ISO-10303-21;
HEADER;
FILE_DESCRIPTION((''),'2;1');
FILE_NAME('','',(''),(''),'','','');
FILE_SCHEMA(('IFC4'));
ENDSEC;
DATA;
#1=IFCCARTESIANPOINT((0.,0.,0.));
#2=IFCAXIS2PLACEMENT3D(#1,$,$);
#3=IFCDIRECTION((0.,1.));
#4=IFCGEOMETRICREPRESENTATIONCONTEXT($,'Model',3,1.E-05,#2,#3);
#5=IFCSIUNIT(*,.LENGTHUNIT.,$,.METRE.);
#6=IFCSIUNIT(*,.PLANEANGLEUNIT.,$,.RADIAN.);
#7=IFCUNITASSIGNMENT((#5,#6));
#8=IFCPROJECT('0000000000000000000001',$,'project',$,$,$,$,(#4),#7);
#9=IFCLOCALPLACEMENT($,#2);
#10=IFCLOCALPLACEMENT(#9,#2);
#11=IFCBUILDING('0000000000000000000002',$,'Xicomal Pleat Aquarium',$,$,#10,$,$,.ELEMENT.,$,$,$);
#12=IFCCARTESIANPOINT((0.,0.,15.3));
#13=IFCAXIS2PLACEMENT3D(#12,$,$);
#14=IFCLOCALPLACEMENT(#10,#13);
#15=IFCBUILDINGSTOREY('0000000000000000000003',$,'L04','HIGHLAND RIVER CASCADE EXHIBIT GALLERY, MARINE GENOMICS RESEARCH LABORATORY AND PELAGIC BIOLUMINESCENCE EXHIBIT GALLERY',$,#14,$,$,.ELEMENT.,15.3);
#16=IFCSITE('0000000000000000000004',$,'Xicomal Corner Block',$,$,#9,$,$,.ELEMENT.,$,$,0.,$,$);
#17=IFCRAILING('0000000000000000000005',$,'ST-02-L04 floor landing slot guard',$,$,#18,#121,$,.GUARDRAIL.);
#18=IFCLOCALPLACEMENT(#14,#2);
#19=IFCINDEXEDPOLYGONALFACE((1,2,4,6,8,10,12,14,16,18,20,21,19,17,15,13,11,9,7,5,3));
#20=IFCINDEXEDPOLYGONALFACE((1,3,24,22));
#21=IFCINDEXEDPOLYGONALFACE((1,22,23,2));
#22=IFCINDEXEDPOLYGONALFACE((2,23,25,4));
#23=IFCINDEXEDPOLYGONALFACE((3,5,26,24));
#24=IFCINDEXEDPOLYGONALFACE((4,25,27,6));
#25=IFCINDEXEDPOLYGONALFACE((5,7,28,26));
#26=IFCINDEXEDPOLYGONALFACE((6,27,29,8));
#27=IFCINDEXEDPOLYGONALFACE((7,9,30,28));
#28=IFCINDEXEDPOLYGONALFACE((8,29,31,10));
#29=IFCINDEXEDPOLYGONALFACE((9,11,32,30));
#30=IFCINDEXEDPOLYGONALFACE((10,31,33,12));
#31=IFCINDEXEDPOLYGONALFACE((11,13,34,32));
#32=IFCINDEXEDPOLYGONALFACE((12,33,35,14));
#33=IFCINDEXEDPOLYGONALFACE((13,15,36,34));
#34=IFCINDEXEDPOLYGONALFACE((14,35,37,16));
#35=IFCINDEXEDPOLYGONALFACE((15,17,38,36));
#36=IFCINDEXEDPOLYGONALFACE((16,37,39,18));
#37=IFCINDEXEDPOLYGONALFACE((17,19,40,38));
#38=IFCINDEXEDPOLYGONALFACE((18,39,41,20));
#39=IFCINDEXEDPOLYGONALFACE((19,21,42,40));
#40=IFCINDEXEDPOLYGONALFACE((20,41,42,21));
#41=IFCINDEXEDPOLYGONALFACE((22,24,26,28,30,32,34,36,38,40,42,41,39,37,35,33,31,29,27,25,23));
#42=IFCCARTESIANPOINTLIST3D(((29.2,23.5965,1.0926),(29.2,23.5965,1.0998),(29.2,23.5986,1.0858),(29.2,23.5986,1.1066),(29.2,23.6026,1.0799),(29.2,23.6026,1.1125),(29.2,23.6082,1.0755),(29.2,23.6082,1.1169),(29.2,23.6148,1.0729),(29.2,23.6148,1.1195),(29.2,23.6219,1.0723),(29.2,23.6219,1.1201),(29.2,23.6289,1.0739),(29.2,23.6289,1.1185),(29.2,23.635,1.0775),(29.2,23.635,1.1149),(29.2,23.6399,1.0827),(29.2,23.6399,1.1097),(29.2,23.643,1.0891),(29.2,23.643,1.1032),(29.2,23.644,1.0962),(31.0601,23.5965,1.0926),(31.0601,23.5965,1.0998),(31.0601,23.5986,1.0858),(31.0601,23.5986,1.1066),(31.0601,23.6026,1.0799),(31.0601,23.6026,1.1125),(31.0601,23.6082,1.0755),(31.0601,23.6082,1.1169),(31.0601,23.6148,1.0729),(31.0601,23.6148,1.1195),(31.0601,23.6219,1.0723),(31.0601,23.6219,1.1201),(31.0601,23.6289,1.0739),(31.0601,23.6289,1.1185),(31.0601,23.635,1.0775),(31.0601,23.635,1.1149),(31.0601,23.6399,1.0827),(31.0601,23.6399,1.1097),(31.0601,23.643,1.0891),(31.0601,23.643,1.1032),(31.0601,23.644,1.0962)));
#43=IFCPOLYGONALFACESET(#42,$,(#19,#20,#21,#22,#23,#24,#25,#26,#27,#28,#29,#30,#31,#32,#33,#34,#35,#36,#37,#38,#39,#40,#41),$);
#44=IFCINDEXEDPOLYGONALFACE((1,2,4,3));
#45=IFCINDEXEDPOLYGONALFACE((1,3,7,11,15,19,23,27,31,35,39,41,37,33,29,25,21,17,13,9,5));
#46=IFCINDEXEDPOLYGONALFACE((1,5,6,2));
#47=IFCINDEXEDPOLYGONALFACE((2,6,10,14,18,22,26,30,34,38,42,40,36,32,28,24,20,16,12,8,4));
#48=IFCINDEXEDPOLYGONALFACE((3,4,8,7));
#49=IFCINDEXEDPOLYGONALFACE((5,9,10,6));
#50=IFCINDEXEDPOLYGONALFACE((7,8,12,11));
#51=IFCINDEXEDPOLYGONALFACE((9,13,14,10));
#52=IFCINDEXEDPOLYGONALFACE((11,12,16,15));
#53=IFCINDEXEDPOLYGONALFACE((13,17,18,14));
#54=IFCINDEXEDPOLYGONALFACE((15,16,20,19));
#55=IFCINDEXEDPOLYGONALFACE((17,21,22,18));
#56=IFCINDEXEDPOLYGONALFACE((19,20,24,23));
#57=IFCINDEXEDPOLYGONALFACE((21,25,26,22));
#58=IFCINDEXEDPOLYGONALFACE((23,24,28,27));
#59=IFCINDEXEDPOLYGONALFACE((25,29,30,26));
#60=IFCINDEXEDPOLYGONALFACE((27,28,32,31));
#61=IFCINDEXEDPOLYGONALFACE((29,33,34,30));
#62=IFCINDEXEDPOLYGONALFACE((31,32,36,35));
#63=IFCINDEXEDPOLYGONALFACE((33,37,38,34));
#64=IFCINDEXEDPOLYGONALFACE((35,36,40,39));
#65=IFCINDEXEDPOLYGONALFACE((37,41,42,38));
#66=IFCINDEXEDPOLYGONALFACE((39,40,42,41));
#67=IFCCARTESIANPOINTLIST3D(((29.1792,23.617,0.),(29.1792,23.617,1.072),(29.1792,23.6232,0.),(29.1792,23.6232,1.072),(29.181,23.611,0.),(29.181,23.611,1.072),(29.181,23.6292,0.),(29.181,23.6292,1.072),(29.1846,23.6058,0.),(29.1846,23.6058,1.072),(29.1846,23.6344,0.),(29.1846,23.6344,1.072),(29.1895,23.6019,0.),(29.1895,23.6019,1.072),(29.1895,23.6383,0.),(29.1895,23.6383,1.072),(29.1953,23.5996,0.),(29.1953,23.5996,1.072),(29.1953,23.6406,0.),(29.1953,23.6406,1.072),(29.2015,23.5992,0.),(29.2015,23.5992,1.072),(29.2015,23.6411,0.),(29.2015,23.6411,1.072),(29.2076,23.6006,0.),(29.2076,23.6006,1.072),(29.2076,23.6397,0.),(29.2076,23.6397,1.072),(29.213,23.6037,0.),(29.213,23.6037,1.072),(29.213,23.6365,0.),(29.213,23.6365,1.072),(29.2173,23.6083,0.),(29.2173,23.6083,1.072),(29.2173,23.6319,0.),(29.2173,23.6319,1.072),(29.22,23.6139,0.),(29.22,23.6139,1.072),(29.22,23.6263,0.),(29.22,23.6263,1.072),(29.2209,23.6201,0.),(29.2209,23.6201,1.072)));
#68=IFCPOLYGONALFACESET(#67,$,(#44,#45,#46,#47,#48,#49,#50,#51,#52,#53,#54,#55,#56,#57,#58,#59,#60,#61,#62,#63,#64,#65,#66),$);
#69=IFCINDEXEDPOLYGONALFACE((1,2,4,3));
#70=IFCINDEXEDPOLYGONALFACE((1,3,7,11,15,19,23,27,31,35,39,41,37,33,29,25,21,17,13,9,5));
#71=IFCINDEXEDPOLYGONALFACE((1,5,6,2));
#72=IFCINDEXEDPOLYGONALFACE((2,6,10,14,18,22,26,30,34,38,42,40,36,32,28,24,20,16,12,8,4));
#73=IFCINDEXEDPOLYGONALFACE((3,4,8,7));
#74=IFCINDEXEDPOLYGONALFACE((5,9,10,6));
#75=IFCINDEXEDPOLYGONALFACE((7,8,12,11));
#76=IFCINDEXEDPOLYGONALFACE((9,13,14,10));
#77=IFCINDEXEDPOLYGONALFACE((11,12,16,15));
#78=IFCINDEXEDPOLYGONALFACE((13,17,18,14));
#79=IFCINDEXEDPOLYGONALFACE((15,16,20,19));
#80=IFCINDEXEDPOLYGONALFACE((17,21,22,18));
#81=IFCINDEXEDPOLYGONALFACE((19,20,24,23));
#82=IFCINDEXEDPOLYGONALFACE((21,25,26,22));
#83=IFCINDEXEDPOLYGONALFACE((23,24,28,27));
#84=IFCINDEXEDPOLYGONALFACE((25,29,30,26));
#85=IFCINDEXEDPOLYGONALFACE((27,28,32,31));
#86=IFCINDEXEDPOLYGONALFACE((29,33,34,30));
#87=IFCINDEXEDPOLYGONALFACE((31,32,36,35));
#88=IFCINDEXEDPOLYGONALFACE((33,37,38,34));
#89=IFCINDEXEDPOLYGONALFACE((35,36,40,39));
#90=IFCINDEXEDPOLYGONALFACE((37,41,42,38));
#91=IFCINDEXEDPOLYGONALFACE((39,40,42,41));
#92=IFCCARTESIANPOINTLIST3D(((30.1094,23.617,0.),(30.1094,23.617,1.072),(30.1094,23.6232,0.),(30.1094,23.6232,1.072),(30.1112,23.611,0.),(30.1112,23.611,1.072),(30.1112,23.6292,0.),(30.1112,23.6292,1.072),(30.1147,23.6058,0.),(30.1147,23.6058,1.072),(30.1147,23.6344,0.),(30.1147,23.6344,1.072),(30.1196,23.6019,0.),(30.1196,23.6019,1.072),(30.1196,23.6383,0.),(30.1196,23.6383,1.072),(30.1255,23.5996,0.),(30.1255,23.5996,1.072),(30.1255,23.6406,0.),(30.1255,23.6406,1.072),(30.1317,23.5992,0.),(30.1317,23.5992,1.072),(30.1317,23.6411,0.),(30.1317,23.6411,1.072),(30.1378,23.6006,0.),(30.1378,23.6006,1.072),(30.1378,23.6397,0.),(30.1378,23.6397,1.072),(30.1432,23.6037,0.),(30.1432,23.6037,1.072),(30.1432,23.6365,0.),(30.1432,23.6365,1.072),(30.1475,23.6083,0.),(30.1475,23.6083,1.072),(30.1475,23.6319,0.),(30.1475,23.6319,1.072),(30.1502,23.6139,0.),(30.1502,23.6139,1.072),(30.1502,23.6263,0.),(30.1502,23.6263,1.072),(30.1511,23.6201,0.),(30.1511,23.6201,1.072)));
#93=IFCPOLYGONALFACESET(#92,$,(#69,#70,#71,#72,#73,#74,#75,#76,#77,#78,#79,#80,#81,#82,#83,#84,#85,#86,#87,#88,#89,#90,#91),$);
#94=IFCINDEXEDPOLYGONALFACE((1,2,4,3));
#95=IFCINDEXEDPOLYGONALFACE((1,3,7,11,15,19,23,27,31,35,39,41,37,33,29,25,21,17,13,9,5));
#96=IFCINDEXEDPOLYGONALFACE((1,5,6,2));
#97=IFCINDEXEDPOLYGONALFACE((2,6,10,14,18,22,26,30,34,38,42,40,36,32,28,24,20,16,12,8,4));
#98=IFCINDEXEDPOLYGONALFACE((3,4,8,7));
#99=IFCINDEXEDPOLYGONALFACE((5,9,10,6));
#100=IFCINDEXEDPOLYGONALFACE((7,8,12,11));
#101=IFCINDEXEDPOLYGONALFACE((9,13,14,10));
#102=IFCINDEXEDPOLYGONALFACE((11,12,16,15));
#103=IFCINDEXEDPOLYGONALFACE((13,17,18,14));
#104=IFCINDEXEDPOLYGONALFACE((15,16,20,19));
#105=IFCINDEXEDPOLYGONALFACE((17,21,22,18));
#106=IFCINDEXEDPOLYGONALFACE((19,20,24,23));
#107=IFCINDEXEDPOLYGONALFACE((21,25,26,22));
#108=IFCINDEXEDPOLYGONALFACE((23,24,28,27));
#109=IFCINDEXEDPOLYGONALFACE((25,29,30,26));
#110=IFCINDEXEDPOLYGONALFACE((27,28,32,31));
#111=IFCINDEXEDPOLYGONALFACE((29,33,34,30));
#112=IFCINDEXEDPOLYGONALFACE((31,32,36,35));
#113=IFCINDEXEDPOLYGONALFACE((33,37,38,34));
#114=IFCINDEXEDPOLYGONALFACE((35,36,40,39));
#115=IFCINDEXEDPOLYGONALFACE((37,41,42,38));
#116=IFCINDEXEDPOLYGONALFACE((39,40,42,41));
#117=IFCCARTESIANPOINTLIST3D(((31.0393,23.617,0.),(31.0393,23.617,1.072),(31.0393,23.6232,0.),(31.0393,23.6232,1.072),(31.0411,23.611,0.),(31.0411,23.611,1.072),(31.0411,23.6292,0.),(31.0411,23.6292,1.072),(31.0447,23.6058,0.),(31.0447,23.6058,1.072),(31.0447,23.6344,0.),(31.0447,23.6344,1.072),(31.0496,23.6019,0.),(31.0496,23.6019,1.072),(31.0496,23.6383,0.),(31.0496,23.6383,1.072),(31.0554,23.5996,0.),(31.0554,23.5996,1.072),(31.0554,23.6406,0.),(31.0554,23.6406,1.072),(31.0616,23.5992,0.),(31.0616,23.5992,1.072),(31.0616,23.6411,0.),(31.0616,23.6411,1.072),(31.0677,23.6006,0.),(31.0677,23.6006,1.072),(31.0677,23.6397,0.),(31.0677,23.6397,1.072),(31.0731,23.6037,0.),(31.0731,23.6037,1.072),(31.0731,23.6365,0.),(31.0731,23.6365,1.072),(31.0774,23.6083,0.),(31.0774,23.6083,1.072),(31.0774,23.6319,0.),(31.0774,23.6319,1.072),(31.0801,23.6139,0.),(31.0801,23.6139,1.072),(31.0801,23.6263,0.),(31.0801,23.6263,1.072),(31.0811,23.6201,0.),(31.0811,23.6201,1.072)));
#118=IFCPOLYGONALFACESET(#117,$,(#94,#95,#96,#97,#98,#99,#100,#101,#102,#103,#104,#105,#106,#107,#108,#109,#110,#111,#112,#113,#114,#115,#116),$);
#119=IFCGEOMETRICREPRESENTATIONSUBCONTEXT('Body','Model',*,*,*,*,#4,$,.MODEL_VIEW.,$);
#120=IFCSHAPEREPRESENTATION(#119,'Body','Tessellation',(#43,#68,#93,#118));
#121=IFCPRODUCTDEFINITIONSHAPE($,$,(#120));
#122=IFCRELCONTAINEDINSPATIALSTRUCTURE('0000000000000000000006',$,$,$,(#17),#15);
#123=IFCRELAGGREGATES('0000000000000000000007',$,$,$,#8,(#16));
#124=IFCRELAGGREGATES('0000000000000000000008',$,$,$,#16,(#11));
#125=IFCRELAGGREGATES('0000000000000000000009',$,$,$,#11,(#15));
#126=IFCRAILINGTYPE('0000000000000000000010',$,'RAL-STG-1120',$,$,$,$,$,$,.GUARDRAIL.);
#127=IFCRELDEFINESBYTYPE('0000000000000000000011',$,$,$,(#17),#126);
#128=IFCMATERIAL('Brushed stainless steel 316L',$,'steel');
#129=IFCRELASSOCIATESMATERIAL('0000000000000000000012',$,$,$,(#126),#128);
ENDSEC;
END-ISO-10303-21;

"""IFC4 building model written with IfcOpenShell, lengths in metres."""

from ifc_helpers import new_model, si_unit, direction, frame, origin, origin_2d, place, context, subcontext, project, spatial, circle, extrude, material, type_object, element, save


model = new_model("IFC4")

# Units and contexts
model_context = context("Model", 3, precision=1e-05, world=origin(), true_north=direction((0.0, 1.0)))
body_context = subcontext(model_context, "Body", "Model", "MODEL_VIEW")
ifc_project = project(units=[si_unit("LENGTHUNIT", "METRE"), si_unit("PLANEANGLEUNIT", "RADIAN")], contexts=[model_context])

# Site, building, storey
site_placement = place(None, origin())
site = spatial("IfcSite", under=ifc_project, at=site_placement, Name="Xicomal Corner Block", CompositionType="ELEMENT", RefElevation=0.0)
building_placement = place(site_placement, origin())
building = spatial("IfcBuilding", under=site, at=building_placement, Name="Xicomal Pleat Aquarium", CompositionType="ELEMENT")
storey_placement = place(building_placement, frame((0.0, 0.0, 15.3)))
storey = spatial("IfcBuildingStorey", under=building, at=storey_placement, Name="L04", Description="HIGHLAND RIVER CASCADE EXHIBIT GALLERY, MARINE GENOMICS RESEARCH LABORATORY AND PELAGIC BIOLUMINESCENCE EXHIBIT GALLERY", CompositionType="ELEMENT", Elevation=15.3)

# Railing
ifc_material_1 = material(Name="Brushed stainless steel 316L", Category="steel")
railing_type_1 = type_object("IfcRailingType", Name="RAL-STG-1120", PredefinedType="GUARDRAIL", material=ifc_material_1)
railing_1_placement = place(storey_placement, frame((29.2, 23.6201, 0.0)))
element("IfcRailing", 1, at=railing_1_placement, inside=storey, type_object=railing_type_1, Name="ST-02-L04 floor landing slot guard", PredefinedType="GUARDRAIL", context=body_context, shape_type="SweptSolid", body=[
    extrude(circle(Radius=0.0239, at=origin_2d()), frame((0.0, 0.0, 1.0962), z_axis=(1.0, 0.0, 0.0), x_axis=(0.0, 1.0, 0.0)), (0.0, 0.0, 1.0), 1.8601),
    extrude(circle(Radius=0.021, at=origin_2d()), origin(), (0.0, 0.0, 1.0), 1.072),
    extrude(circle(Radius=0.021, at=origin_2d()), frame((0.9302, 0.0, 0.0)), (0.0, 0.0, 1.0), 1.072),
    extrude(circle(Radius=0.021, at=origin_2d()), frame((1.8601, 0.0, 0.0)), (0.0, 0.0, 1.0), 1.072),
])

save(model, "model.ifc")
